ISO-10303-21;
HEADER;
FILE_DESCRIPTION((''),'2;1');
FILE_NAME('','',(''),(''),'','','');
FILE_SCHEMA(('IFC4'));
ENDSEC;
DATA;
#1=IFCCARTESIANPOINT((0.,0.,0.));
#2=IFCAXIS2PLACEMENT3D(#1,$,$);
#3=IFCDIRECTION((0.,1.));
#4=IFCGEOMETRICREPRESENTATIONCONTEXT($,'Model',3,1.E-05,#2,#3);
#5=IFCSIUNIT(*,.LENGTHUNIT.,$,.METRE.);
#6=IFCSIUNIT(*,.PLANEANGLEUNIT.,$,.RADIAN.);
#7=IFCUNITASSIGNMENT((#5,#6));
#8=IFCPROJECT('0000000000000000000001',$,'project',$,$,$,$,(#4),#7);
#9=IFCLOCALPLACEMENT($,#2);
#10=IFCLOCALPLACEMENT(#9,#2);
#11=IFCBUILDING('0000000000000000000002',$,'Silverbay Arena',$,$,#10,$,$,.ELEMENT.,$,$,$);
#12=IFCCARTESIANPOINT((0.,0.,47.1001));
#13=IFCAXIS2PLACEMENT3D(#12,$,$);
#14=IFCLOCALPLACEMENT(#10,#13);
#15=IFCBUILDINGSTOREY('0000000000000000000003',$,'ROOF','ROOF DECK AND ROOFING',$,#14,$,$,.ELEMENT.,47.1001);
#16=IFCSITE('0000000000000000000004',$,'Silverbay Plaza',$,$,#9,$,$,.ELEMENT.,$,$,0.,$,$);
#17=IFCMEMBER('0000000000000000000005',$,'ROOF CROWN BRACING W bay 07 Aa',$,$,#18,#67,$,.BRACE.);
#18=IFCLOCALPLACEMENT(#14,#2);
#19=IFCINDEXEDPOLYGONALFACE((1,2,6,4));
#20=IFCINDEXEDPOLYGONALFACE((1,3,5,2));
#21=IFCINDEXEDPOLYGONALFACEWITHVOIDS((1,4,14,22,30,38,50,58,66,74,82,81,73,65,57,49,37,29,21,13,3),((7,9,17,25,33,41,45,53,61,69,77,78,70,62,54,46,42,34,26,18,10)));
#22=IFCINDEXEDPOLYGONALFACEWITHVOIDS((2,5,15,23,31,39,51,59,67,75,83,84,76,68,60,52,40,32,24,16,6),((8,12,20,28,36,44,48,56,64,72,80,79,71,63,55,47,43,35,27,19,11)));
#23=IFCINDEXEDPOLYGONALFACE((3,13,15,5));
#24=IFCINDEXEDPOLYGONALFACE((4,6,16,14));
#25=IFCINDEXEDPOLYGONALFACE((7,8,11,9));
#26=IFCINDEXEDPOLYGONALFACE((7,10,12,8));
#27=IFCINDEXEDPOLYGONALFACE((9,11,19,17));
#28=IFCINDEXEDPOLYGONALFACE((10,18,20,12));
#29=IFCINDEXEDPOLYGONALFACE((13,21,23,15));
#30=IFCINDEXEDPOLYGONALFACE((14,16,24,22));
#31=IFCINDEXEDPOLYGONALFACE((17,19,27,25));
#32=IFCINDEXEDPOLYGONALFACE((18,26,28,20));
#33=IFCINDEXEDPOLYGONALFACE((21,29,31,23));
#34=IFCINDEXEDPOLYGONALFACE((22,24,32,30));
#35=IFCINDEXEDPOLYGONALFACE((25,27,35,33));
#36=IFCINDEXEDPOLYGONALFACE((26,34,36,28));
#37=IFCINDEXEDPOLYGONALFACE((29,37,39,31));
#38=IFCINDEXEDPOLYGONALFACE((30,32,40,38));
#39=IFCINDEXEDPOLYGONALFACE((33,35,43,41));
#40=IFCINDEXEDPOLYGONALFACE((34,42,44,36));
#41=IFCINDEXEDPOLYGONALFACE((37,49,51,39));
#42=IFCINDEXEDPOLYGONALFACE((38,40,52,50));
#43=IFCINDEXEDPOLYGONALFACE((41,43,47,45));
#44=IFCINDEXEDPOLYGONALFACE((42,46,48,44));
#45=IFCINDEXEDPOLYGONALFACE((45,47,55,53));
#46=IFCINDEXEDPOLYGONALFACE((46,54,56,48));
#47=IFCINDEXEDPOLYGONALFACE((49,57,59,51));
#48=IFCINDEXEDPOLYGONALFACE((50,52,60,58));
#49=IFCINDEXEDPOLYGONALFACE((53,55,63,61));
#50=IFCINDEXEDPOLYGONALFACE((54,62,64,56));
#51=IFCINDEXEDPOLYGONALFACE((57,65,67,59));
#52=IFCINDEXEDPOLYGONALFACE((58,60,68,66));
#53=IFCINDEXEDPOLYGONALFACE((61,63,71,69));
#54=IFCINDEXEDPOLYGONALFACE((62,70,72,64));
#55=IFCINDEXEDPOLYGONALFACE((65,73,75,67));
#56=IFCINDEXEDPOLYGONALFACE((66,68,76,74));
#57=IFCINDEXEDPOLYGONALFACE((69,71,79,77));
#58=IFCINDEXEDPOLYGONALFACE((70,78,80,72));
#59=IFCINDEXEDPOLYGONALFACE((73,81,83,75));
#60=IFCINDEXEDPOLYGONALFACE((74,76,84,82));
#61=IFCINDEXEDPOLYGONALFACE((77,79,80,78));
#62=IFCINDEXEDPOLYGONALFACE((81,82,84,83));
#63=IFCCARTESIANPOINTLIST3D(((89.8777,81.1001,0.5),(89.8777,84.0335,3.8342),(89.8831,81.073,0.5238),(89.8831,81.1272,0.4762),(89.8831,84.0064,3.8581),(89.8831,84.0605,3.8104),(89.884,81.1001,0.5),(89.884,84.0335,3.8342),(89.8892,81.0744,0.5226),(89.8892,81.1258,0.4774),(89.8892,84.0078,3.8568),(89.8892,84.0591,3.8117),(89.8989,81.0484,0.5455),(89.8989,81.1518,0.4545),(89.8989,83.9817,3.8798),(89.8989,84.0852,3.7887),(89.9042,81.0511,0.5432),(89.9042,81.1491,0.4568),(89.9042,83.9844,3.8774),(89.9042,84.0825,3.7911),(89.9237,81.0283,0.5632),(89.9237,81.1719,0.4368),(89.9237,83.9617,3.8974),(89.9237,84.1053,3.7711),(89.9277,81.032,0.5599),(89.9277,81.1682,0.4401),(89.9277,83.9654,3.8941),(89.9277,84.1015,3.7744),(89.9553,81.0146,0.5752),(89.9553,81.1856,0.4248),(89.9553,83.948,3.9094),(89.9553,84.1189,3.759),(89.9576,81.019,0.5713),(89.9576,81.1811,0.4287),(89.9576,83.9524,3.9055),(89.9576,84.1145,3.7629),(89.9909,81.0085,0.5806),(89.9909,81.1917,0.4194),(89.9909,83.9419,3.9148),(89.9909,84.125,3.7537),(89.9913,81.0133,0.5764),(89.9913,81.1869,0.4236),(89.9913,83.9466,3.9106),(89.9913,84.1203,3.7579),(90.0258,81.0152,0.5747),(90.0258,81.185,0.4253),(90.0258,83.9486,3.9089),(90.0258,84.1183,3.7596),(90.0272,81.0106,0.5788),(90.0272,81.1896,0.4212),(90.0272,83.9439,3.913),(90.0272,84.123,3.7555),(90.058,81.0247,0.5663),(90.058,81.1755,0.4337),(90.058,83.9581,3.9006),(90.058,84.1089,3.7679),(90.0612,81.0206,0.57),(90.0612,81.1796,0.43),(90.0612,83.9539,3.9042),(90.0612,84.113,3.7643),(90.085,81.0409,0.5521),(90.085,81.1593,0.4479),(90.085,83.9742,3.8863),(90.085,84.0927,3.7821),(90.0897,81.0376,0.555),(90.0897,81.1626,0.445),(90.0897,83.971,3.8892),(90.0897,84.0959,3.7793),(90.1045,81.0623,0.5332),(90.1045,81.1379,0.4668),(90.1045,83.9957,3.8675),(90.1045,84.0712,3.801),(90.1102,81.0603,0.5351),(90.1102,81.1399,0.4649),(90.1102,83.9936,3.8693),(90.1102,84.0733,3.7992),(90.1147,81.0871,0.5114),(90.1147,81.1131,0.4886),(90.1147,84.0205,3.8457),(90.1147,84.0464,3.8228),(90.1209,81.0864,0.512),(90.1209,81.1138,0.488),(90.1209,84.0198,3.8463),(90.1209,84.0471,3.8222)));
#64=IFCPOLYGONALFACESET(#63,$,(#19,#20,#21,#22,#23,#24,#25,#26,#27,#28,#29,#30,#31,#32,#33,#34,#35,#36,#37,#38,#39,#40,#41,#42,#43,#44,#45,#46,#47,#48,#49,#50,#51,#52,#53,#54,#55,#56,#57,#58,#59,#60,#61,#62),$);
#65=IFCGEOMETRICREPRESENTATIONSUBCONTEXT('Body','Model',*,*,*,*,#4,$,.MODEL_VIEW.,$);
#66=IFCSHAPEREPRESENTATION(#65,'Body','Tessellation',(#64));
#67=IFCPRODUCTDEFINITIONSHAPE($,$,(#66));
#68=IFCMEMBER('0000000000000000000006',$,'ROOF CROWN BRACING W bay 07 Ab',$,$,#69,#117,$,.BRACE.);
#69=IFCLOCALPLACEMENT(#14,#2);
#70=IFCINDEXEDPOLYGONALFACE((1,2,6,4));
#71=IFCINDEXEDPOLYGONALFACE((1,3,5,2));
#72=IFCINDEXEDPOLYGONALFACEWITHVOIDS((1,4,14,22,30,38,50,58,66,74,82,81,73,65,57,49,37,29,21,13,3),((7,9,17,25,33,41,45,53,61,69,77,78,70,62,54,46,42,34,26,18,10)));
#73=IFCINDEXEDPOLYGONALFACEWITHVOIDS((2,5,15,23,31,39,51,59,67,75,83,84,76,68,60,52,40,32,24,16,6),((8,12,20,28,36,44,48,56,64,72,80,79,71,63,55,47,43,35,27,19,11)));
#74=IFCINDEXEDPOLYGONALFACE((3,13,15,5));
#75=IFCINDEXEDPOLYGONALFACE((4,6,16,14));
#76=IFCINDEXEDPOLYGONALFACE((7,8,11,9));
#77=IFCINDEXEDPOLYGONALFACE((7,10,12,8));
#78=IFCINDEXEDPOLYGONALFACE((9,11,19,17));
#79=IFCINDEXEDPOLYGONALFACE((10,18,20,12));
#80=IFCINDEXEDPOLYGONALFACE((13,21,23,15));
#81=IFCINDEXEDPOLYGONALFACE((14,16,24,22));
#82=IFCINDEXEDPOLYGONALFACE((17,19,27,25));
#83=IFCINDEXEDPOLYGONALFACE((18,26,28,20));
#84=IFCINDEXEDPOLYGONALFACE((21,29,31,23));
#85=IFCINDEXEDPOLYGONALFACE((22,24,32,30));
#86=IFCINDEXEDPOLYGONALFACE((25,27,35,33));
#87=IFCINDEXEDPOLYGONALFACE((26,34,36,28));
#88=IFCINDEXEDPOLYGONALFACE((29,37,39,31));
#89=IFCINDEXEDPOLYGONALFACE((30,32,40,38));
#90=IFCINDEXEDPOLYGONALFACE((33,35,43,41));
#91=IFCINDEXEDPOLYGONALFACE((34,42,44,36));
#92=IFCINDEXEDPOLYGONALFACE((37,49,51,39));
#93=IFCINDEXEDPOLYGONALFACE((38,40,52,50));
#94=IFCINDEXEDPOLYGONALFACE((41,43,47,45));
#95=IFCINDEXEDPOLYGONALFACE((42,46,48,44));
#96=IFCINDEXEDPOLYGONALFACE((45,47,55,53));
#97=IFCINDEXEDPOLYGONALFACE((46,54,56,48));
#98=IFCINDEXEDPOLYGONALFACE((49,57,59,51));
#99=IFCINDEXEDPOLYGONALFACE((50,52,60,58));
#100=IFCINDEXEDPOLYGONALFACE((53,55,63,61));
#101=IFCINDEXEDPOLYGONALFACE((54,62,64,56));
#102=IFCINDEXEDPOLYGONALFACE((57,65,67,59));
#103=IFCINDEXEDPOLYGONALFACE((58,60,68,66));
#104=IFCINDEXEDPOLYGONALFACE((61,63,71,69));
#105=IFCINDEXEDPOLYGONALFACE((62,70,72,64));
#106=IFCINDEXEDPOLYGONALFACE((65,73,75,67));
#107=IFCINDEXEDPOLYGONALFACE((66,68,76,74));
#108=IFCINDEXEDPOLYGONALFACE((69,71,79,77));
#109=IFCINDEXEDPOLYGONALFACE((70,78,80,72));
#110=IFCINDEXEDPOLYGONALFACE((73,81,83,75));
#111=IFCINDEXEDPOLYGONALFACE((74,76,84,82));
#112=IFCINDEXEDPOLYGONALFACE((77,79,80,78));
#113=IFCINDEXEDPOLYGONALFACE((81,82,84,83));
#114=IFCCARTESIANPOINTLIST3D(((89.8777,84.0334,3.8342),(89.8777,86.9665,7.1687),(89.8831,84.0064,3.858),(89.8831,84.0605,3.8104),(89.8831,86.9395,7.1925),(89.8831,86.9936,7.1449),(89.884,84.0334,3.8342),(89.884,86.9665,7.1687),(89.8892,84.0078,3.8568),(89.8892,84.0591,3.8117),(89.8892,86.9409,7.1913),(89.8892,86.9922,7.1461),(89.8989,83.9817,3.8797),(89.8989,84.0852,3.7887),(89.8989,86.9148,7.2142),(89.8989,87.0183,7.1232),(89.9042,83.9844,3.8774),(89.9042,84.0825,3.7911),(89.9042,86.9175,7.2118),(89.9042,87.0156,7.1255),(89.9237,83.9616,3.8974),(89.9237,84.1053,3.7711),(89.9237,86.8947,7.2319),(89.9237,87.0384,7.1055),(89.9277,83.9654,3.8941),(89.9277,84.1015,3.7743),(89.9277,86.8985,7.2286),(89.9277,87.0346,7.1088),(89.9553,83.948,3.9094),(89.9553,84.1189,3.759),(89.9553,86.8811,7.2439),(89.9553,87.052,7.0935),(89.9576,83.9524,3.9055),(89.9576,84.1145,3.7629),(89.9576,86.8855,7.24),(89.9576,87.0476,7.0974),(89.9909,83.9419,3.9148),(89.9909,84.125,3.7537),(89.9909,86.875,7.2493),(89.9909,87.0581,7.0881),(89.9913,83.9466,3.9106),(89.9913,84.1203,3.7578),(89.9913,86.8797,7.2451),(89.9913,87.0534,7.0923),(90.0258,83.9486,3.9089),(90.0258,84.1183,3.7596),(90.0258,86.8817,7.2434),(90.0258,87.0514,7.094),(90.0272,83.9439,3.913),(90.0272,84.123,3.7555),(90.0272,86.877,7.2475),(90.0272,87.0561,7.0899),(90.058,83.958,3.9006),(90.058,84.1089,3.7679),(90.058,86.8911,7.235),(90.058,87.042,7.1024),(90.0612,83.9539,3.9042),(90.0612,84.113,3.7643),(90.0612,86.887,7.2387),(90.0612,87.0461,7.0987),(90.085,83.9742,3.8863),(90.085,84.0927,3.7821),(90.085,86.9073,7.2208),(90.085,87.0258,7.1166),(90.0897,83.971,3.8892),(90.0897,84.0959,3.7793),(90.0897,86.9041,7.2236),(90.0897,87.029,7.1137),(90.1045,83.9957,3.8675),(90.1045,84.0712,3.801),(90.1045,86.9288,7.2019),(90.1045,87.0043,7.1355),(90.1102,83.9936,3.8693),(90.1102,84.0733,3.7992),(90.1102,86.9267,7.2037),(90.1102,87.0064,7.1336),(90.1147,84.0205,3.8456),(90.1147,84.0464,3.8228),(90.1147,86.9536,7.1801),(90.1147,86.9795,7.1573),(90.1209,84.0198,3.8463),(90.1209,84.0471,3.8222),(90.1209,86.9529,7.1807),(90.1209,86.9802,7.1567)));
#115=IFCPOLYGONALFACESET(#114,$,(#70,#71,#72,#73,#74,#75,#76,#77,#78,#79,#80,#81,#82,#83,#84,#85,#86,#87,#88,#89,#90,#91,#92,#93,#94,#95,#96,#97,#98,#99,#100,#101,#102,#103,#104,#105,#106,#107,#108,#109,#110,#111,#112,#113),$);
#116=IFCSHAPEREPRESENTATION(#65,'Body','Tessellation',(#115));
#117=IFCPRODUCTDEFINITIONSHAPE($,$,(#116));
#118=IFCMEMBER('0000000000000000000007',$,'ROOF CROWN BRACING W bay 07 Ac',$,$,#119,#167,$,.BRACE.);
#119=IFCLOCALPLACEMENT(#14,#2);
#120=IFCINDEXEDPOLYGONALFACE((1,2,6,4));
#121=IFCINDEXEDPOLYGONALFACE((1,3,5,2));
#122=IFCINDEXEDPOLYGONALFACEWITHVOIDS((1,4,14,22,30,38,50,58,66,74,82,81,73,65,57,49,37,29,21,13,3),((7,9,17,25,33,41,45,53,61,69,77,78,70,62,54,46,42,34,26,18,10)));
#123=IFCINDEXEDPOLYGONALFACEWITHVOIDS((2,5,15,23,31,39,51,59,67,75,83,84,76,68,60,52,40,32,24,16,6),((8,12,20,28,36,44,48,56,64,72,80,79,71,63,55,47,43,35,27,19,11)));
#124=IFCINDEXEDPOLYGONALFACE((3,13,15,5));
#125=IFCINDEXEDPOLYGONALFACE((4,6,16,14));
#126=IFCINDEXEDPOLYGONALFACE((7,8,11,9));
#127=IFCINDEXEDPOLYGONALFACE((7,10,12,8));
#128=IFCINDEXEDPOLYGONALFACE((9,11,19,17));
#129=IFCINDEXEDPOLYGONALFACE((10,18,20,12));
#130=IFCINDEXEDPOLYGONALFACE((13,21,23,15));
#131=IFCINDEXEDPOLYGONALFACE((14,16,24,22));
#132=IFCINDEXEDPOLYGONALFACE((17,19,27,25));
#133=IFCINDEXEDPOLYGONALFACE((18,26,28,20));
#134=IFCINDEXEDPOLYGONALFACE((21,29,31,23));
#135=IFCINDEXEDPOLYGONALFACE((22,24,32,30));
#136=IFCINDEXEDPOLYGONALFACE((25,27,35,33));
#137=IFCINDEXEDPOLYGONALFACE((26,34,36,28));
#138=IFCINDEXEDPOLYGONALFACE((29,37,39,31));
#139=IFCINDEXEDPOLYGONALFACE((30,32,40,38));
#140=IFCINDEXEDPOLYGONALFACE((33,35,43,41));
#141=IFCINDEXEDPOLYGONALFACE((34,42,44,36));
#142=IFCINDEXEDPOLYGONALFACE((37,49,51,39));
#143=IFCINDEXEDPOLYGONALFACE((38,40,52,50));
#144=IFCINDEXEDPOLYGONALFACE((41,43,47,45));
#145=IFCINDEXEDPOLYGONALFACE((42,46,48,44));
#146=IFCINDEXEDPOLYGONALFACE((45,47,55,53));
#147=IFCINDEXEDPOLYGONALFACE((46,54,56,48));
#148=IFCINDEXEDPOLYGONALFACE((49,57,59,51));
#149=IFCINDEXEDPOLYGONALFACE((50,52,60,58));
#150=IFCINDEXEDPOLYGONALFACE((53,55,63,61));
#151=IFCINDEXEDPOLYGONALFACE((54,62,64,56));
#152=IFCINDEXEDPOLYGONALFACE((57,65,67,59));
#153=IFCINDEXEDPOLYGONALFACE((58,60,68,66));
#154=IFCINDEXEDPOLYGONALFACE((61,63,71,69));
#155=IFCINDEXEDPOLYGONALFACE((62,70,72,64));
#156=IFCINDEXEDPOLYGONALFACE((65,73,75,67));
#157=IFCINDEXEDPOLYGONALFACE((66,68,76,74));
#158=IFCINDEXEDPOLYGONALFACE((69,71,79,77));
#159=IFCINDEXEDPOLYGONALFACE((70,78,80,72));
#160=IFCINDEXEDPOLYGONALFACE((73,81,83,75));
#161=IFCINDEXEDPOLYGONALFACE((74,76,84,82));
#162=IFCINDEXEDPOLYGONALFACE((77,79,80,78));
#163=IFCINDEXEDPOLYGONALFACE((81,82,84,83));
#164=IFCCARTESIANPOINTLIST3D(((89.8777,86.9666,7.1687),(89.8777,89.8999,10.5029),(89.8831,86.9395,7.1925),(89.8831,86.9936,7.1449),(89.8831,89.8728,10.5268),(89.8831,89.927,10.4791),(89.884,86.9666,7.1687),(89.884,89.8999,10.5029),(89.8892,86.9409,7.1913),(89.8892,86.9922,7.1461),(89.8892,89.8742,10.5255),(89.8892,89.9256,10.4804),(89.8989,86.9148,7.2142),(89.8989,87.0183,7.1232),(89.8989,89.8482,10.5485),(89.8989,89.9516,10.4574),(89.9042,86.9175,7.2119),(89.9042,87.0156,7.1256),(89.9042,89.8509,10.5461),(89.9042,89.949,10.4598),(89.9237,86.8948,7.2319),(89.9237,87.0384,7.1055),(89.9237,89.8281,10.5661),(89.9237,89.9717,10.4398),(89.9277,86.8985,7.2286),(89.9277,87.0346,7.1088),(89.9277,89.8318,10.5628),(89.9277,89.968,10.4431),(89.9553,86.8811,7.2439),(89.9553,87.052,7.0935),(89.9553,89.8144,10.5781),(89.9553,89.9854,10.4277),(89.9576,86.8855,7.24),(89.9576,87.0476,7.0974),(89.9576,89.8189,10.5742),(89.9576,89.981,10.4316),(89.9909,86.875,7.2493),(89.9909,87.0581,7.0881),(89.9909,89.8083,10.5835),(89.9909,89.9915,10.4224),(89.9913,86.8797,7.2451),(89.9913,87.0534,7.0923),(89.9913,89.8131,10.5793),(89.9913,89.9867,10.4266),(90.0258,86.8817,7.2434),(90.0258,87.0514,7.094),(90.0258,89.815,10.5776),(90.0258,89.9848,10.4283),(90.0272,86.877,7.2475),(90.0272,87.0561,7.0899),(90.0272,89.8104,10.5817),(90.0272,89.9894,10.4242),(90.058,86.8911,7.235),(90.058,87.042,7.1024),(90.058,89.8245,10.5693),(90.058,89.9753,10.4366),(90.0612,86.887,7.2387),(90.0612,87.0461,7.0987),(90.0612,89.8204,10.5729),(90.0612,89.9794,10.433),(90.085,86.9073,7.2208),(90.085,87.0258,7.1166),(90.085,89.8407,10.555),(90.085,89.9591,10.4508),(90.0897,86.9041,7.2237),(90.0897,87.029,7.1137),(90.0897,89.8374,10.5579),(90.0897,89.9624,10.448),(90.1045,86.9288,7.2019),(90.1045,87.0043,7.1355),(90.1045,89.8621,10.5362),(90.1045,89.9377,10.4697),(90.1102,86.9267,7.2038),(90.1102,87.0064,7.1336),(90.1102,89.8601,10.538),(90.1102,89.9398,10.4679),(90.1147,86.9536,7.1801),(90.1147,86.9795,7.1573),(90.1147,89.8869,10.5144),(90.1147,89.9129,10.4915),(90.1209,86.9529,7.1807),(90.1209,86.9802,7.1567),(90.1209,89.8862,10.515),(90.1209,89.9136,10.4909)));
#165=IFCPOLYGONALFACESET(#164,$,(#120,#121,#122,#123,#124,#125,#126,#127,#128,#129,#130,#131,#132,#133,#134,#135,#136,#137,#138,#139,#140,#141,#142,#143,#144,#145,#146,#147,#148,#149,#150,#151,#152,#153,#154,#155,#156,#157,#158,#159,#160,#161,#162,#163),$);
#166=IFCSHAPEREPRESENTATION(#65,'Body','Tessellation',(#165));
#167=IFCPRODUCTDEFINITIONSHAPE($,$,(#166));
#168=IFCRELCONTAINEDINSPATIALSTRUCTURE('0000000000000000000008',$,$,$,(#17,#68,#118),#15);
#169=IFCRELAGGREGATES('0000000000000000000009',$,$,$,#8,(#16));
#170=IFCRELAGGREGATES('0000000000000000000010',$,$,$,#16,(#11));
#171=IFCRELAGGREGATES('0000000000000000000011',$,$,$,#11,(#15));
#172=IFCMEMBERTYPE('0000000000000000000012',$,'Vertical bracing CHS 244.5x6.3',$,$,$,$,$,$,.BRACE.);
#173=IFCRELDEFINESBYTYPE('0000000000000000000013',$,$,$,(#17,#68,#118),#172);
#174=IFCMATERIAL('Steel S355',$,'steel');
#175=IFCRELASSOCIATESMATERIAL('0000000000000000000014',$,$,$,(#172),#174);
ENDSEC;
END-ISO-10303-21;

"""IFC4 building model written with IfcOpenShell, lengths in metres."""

from ifc_helpers import new_model, si_unit, direction, frame, origin, origin_2d, place, context, subcontext, project, spatial, hollow_circle, extrude, material, material_profile, profile_set, type_object, element, save


model = new_model("IFC4")

# Units and contexts
model_context = context("Model", 3, precision=1e-05, world=origin(), true_north=direction((0.0, 1.0)))
body_context = subcontext(model_context, "Body", "Model", "MODEL_VIEW")
ifc_project = project(units=[si_unit("LENGTHUNIT", "METRE"), si_unit("PLANEANGLEUNIT", "RADIAN")], contexts=[model_context])

# Site, building, storey
site_placement = place(None, origin())
site = spatial("IfcSite", under=ifc_project, at=site_placement, Name="Silverbay Plaza", CompositionType="ELEMENT", RefElevation=0.0)
building_placement = place(site_placement, origin())
building = spatial("IfcBuilding", under=site, at=building_placement, Name="Silverbay Arena", CompositionType="ELEMENT")
storey_placement = place(building_placement, frame((0.0, 0.0, 47.1001)))
storey = spatial("IfcBuildingStorey", under=building, at=storey_placement, Name="ROOF", Description="ROOF DECK AND ROOFING", CompositionType="ELEMENT", Elevation=47.1001)

# Members
ifc_material_1 = material(Name="Steel S355", Category="steel")
ifc_material_profile_1 = material_profile(ifc_material_1, hollow_circle(Radius=0.1223, WallThickness=0.0063, at=origin_2d()), Name="CHS 244.5x6.3")
ifc_profile_set_1 = profile_set([ifc_material_profile_1], Name="Steel S355")
member_type_1 = type_object("IfcMemberType", Name="Vertical bracing CHS 244.5x6.3", PredefinedType="BRACE", material=ifc_profile_set_1)
for number, where, z_axis, x_axis, name in (
    (1, (90.0, 81.1001, 0.5), (0.0, 0.66053, 0.7508), (-1.0, 0.0, 0.0), "ROOF CROWN BRACING W bay 07 Aa"),
    (2, (90.0, 84.0334, 3.8342), (0.0, 0.660472, 0.750851), (-1.0, 0.0, 0.0), "ROOF CROWN BRACING W bay 07 Ab"),
    (3, (90.0, 86.9666, 7.1687), (0.0, 0.66053, 0.7508), (-1.0, 0.0, 0.0), "ROOF CROWN BRACING W bay 07 Ac"),
):
    element("IfcMember", number, at=place(storey_placement, frame(where, z_axis=z_axis, x_axis=x_axis)), inside=storey, type_object=member_type_1, Name=name, PredefinedType="BRACE", context=body_context, shape_type="SweptSolid", body=[
        extrude(hollow_circle(Radius=0.1223, WallThickness=0.0063, at=origin_2d()), origin(), (0.0, 0.0, 1.0), 4.4409),
    ])

save(model, "model.ifc")
